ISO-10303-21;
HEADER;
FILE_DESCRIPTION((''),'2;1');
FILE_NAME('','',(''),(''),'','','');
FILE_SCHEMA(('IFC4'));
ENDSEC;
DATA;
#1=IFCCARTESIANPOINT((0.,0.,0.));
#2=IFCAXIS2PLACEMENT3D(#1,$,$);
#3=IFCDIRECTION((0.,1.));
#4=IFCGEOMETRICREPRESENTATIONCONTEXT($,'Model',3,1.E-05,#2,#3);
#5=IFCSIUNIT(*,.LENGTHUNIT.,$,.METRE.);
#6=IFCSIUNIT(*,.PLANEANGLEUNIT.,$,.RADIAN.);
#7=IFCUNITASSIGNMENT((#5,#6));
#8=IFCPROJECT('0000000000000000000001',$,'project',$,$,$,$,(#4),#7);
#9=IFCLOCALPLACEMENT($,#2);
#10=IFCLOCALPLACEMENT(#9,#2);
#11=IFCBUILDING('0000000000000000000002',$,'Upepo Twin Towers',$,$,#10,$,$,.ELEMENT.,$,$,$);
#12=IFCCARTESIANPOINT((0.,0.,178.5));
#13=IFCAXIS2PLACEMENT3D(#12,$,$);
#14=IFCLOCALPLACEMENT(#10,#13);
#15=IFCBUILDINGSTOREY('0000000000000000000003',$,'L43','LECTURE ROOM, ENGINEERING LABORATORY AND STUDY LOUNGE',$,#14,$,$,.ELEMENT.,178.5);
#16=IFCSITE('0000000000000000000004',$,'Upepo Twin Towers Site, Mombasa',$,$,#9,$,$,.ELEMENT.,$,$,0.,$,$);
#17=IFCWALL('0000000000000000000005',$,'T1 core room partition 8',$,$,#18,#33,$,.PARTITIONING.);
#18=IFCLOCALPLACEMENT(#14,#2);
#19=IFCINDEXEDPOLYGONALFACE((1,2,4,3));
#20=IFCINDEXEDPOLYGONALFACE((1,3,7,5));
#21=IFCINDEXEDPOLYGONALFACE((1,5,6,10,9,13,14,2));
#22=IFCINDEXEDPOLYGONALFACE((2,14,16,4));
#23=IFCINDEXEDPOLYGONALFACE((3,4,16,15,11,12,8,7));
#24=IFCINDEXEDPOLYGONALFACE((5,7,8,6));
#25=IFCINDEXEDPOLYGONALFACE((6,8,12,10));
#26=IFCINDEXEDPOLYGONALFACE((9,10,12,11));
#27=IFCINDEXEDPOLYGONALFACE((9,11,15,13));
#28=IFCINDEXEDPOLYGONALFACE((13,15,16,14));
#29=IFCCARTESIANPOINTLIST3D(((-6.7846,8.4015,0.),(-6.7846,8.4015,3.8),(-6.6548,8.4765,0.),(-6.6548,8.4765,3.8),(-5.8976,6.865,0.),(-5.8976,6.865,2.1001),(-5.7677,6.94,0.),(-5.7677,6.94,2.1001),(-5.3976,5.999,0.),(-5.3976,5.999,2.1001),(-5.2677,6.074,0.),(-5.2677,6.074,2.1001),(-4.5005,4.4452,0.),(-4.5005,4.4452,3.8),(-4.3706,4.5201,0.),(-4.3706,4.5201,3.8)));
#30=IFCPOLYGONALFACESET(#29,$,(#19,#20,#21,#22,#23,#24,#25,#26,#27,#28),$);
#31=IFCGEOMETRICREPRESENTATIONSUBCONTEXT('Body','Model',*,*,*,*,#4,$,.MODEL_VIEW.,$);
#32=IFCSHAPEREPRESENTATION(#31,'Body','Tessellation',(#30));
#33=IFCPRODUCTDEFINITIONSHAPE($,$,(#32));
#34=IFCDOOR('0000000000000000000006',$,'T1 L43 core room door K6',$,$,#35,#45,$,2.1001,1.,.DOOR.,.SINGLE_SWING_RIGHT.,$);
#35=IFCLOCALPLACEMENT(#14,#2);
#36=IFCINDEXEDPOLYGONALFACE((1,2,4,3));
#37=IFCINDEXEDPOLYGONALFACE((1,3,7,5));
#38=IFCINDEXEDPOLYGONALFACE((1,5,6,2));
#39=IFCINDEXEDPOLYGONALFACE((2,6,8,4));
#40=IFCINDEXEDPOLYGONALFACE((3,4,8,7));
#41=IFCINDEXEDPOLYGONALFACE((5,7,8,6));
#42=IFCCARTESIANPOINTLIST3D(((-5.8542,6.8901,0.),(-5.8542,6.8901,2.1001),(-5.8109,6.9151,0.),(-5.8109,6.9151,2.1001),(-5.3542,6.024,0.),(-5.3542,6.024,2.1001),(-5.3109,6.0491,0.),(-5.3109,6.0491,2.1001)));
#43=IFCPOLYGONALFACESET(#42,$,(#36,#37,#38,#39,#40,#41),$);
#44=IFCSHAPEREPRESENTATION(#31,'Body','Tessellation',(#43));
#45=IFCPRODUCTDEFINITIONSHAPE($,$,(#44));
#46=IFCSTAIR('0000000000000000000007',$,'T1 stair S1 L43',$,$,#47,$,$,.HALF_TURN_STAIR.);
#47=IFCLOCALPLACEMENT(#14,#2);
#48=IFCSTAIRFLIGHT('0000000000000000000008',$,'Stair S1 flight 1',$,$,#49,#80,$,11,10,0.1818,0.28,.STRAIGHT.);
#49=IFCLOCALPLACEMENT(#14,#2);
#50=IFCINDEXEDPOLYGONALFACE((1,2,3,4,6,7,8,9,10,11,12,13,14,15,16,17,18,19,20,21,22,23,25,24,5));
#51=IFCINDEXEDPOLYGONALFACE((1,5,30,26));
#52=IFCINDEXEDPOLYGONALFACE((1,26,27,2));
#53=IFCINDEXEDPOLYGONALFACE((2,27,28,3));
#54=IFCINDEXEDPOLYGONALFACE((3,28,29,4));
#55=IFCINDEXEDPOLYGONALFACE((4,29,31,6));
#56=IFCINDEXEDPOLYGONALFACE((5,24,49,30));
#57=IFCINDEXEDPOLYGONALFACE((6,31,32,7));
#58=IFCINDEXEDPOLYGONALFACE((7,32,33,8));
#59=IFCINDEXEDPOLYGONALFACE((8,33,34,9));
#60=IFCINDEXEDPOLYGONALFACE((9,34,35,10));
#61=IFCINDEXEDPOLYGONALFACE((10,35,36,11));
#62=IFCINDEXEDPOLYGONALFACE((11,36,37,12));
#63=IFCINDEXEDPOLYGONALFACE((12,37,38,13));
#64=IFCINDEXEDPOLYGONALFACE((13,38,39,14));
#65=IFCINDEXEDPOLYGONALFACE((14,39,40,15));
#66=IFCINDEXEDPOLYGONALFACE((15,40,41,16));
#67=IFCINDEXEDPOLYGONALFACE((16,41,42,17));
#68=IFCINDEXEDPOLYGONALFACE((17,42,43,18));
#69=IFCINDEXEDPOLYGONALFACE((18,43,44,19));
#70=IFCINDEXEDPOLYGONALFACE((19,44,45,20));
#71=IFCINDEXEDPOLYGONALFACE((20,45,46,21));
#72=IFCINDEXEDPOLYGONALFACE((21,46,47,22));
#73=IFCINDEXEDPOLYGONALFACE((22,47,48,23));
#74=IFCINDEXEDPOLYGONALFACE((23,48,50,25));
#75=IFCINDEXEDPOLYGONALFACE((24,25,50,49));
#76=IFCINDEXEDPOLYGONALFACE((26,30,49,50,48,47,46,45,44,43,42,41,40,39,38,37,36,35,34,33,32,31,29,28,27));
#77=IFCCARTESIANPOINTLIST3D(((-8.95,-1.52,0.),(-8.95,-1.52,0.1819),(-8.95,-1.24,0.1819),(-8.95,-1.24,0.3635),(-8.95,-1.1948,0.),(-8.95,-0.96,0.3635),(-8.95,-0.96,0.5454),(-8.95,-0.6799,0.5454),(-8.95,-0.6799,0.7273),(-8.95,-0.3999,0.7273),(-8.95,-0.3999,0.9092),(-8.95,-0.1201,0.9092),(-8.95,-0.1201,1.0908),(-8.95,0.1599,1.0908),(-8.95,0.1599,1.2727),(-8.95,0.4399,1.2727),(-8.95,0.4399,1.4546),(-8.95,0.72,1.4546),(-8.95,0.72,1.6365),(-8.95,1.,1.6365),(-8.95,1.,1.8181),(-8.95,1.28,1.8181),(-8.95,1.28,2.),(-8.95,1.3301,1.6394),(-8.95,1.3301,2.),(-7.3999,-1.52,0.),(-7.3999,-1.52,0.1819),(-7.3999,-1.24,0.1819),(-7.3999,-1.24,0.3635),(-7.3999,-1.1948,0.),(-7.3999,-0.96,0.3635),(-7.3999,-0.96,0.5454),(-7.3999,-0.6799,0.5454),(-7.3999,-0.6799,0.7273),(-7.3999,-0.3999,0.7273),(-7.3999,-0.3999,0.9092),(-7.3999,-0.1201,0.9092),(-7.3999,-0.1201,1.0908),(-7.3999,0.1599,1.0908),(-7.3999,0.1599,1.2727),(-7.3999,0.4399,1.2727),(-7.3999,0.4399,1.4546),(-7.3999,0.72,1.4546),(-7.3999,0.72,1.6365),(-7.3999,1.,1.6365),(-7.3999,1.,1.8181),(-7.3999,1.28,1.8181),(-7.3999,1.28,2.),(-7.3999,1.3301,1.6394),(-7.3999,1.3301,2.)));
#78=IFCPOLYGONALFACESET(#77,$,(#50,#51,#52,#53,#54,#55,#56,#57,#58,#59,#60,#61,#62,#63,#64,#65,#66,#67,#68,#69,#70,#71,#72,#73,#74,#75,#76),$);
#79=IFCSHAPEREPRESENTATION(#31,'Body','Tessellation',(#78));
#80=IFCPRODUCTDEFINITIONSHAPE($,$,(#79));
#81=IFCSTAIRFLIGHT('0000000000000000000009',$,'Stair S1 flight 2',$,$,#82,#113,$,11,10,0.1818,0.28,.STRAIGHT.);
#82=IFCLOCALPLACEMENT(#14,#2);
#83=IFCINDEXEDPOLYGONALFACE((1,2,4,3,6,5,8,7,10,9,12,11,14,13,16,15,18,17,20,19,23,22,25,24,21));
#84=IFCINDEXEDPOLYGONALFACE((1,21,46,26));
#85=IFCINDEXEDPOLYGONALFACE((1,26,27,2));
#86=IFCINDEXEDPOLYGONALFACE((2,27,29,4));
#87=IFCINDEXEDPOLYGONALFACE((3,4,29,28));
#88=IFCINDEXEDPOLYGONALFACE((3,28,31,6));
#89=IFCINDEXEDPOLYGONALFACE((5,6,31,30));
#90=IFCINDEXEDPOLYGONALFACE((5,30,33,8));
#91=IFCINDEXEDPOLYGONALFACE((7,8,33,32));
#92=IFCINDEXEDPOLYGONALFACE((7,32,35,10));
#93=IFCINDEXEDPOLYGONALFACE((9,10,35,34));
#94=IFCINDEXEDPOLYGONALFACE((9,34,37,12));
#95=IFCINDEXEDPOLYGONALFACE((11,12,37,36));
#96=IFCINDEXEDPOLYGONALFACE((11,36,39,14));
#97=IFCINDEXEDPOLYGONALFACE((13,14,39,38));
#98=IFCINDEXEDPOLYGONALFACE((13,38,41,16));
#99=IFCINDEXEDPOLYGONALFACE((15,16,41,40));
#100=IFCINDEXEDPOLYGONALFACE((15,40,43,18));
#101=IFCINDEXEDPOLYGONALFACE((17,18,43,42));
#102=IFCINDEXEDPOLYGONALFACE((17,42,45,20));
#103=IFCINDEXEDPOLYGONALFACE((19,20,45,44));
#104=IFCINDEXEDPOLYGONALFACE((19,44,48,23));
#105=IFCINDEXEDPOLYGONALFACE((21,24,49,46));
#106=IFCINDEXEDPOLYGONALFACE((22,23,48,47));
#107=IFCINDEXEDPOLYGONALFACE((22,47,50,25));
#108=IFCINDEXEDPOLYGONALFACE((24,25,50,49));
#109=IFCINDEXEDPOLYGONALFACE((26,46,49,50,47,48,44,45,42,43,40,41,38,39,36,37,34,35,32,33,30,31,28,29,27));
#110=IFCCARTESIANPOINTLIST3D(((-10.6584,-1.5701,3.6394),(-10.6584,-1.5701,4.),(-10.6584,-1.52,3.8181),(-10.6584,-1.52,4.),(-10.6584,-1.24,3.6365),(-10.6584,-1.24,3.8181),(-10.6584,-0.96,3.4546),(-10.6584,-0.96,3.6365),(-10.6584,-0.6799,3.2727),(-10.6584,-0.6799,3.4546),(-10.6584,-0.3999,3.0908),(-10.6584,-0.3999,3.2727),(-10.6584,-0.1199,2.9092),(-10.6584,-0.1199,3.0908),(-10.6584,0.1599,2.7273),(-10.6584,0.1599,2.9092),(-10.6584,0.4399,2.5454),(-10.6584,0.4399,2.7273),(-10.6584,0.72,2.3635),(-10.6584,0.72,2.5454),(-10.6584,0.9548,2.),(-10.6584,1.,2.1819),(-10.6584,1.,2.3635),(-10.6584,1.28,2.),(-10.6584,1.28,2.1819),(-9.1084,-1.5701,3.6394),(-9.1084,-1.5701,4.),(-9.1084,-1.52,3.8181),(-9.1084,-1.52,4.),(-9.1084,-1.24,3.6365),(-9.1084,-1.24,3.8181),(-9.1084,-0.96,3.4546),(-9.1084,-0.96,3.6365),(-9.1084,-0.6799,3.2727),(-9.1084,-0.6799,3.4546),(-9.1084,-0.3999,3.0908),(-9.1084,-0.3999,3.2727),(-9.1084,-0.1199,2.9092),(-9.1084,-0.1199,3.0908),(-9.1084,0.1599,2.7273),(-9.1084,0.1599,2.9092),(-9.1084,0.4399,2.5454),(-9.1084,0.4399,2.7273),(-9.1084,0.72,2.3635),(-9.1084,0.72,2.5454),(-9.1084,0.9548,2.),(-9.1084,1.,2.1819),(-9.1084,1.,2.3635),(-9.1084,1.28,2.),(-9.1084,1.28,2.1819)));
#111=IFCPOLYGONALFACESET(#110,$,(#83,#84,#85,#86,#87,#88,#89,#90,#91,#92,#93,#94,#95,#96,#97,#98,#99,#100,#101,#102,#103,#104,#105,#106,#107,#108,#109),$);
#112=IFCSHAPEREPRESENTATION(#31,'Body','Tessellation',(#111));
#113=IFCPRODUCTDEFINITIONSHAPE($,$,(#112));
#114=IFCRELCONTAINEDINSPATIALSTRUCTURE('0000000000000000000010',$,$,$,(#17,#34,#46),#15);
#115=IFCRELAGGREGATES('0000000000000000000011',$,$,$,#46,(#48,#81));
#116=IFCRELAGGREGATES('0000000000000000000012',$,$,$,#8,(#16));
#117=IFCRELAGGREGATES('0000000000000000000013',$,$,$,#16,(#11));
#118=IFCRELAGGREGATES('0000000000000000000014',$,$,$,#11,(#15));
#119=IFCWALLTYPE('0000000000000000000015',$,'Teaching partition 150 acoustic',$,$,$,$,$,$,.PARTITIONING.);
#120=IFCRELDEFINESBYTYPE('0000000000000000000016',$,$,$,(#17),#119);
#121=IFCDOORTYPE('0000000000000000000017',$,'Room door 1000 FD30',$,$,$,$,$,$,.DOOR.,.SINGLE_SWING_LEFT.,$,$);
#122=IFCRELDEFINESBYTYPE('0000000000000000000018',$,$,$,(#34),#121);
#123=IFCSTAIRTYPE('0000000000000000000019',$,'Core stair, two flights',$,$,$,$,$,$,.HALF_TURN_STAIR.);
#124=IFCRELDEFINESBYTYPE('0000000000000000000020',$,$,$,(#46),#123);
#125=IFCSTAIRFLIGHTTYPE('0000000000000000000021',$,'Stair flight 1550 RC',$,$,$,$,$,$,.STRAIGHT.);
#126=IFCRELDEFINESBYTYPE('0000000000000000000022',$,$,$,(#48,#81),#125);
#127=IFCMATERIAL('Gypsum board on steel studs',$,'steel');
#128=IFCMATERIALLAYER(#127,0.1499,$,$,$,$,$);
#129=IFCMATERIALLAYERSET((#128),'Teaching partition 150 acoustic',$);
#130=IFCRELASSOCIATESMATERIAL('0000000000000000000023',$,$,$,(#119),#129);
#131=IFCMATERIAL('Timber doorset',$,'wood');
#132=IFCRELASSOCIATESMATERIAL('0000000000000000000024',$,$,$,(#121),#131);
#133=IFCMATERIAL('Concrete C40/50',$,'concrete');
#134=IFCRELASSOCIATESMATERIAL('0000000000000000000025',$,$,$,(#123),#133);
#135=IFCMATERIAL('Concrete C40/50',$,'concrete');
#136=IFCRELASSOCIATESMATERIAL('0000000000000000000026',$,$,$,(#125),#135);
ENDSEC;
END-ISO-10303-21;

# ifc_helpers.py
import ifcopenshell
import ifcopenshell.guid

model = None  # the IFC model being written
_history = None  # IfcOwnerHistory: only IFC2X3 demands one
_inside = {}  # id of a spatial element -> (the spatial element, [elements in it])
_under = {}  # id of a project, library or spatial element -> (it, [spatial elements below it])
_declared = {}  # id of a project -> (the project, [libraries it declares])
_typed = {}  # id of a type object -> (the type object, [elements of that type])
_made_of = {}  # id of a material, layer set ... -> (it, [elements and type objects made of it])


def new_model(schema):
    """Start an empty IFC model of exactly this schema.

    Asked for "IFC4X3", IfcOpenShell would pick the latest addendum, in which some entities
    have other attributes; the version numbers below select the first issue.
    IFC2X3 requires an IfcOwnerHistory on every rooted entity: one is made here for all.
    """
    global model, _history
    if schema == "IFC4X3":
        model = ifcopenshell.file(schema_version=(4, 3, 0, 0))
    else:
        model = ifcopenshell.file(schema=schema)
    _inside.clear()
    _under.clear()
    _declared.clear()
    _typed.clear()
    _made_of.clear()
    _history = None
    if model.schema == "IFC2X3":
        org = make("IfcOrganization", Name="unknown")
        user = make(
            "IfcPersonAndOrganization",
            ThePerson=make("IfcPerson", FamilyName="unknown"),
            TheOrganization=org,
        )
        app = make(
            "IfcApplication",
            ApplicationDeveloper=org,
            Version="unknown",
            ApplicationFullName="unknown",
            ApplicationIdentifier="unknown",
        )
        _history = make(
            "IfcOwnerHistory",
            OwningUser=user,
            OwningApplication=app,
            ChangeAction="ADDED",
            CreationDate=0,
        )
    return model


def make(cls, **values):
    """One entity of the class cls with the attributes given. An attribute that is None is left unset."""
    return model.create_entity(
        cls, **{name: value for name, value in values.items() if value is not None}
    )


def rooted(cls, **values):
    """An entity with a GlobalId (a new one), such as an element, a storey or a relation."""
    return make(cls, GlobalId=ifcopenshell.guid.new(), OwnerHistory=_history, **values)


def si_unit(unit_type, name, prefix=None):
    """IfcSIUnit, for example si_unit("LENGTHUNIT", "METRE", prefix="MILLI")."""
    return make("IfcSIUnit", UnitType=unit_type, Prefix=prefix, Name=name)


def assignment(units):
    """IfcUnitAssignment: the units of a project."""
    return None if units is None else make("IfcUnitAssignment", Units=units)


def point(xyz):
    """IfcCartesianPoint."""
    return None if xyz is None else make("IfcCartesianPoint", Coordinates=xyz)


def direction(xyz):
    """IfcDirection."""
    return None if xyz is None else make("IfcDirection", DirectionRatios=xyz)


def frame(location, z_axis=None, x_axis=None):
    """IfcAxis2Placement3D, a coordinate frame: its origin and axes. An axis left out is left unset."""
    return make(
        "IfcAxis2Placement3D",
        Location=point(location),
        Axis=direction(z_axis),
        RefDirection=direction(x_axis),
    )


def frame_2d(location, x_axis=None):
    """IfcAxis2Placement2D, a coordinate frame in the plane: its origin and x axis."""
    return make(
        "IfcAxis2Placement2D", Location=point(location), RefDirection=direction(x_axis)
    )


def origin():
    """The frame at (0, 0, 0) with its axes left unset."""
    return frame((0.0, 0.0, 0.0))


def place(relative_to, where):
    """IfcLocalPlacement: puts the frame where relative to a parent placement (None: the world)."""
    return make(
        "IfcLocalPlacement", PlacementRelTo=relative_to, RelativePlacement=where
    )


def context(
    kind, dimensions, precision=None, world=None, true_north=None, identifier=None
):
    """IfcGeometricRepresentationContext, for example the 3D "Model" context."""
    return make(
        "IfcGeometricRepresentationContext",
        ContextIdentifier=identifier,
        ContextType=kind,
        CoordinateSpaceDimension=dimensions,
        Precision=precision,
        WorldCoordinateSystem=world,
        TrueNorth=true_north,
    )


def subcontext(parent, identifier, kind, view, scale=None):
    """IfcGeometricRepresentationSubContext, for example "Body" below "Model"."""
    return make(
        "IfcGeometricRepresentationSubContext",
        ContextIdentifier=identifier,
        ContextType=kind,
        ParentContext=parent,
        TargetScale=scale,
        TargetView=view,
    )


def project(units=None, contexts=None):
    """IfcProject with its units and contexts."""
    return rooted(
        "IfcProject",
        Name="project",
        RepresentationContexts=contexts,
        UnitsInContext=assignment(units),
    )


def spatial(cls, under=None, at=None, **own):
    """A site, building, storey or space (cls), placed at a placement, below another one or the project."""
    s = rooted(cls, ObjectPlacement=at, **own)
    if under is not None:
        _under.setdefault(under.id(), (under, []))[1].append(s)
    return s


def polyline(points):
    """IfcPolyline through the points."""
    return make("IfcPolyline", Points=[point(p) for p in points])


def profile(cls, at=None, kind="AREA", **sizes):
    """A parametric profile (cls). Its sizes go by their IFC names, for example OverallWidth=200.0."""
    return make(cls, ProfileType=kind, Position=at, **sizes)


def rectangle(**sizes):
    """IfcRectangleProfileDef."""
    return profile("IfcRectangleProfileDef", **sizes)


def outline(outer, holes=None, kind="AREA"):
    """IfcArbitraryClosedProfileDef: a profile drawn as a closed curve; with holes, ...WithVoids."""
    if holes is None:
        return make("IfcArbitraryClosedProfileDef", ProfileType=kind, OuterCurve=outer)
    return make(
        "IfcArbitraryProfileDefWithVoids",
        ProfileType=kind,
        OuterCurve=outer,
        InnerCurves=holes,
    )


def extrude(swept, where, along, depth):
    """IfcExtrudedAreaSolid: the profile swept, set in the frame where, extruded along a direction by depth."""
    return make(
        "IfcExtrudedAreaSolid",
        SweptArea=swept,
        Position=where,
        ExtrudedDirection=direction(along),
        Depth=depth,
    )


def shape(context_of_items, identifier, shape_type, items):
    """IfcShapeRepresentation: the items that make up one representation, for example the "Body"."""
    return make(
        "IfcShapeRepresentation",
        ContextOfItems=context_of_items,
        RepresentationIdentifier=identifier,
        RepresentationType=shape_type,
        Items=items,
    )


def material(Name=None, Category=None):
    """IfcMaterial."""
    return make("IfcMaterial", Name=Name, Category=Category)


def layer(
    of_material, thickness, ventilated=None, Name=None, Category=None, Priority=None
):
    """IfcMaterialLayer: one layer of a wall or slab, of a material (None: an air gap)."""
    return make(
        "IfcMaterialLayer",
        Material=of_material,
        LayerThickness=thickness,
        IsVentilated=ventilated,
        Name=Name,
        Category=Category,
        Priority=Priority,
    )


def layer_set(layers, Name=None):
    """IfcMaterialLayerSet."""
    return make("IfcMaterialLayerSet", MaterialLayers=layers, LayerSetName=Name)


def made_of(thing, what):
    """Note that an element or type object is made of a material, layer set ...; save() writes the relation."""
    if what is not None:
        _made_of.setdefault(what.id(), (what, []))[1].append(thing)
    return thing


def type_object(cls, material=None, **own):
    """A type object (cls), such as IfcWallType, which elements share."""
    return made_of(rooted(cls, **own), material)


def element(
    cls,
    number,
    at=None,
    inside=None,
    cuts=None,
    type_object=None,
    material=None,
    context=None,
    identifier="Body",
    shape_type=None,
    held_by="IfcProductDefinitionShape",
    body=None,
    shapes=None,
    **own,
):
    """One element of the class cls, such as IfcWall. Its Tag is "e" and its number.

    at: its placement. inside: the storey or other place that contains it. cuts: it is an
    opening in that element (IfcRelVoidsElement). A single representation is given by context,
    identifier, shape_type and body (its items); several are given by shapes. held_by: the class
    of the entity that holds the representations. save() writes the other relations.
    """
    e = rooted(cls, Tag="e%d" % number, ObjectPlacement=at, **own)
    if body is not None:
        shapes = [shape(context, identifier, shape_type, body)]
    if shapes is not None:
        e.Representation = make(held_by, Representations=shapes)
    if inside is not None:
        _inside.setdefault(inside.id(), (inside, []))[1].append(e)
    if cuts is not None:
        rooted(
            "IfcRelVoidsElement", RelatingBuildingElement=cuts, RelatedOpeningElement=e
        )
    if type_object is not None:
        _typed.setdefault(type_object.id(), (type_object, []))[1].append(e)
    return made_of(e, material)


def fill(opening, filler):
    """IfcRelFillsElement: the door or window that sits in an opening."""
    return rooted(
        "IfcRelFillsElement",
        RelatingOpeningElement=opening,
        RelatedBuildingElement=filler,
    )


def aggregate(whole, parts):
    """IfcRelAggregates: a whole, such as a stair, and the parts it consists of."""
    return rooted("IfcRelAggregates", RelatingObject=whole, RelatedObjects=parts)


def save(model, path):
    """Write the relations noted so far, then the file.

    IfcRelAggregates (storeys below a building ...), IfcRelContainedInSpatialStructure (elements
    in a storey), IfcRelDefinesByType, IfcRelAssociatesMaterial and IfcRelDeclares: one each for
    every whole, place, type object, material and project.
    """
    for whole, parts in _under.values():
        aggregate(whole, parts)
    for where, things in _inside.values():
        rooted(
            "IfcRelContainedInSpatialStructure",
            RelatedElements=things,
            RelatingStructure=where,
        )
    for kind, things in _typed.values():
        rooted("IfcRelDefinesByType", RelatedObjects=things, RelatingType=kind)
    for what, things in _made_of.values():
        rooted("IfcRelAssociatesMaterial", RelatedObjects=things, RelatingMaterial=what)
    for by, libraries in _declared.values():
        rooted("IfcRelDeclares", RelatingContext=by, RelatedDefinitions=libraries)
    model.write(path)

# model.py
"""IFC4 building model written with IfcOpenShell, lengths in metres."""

from ifc_helpers import new_model, si_unit, direction, frame, frame_2d, origin, place, context, subcontext, project, spatial, polyline, rectangle, outline, extrude, material, layer, layer_set, type_object, element, fill, aggregate, save


model = new_model("IFC4")

# Units and contexts
model_context = context("Model", 3, precision=1e-05, world=origin(), true_north=direction((0.0, 1.0)))
body_context = subcontext(model_context, "Body", "Model", "MODEL_VIEW")
ifc_project = project(units=[si_unit("LENGTHUNIT", "METRE"), si_unit("PLANEANGLEUNIT", "RADIAN")], contexts=[model_context])

# Site, building, storey
site_placement = place(None, origin())
site = spatial("IfcSite", under=ifc_project, at=site_placement, Name="Upepo Twin Towers Site, Mombasa", CompositionType="ELEMENT", RefElevation=0.0)
building_placement = place(site_placement, origin())
building = spatial("IfcBuilding", under=site, at=building_placement, Name="Upepo Twin Towers", CompositionType="ELEMENT")
storey_placement = place(building_placement, frame((0.0, 0.0, 178.5)))
storey = spatial("IfcBuildingStorey", under=building, at=storey_placement, Name="L43", Description="LECTURE ROOM, ENGINEERING LABORATORY AND STUDY LOUNGE", CompositionType="ELEMENT", Elevation=178.5)

# Shared definitions
ifc_material_1 = material(Name="Gypsum board on steel studs", Category="steel")
ifc_layer_1 = layer(ifc_material_1, 0.1499)
ifc_layer_set_1 = layer_set([ifc_layer_1], Name="Teaching partition 150 acoustic")
wall_type_1 = type_object("IfcWallType", Name="Teaching partition 150 acoustic", PredefinedType="PARTITIONING", material=ifc_layer_set_1)

# Wall, opening, door
wall_1_placement = place(storey_placement, frame((-4.4355, 4.4827, 0.0), z_axis=(0.0, 0.0, 1.0), x_axis=(-0.500002, 0.866025, 0.0)))
wall_1 = element("IfcWall", 1, at=wall_1_placement, inside=storey, type_object=wall_type_1, Name="T1 core room partition 8", PredefinedType="PARTITIONING", context=body_context, shape_type="SweptSolid", body=[
    extrude(rectangle(XDim=4.5684, YDim=0.1499, at=frame_2d((2.2842, 0.0))), origin(), (0.0, 0.0, 1.0), 3.8),
])
opening_1_placement = place(wall_1_placement, frame((1.7942, 0.0, 0.0)))
opening_1 = element("IfcOpeningElement", 2, at=opening_1_placement, cuts=wall_1, PredefinedType="OPENING", context=body_context, shape_type="SweptSolid", body=[
    extrude(rectangle(XDim=1.0, YDim=2.1001, at=frame_2d((0.5, 1.05))), frame((0.0, 0.085, 0.0), z_axis=(0.0, -1.0, 0.0), x_axis=(1.0, 0.0, 0.0)), (0.0, 0.0, 1.0), 0.1699),
])
ifc_material_2 = material(Name="Timber doorset", Category="wood")
door_type_1 = type_object("IfcDoorType", Name="Room door 1000 FD30", OperationType="SINGLE_SWING_LEFT", PredefinedType="DOOR", material=ifc_material_2)
door_1_placement = place(opening_1_placement, origin())
door_1 = element("IfcDoor", 3, at=door_1_placement, inside=storey, type_object=door_type_1, Name="T1 L43 core room door K6", OperationType="SINGLE_SWING_RIGHT", OverallHeight=2.1001, OverallWidth=1.0, PredefinedType="DOOR", context=body_context, shape_type="SweptSolid", body=[
    extrude(rectangle(XDim=1.0, YDim=2.1001, at=frame_2d((0.5, 1.05))), frame((0.0, 0.0249, 0.0), z_axis=(0.0, -1.0, 0.0), x_axis=(1.0, 0.0, 0.0)), (0.0, 0.0, 1.0), 0.05),
])
fill(opening_1, door_1)

# Stair, stair flights
ifc_material_3 = material(Name="Concrete C40/50", Category="concrete")
stair_type = type_object("IfcStairType", Name="Core stair, two flights", PredefinedType="HALF_TURN_STAIR", material=ifc_material_3)
stair_placement = place(storey_placement, origin())
stair = element("IfcStair", 4, at=stair_placement, inside=storey, type_object=stair_type, Name="T1 stair S1 L43", PredefinedType="HALF_TURN_STAIR")
ifc_material_4 = material(Name="Concrete C40/50", Category="concrete")
stair_flight_type = type_object("IfcStairFlightType", Name="Stair flight 1550 RC", PredefinedType="STRAIGHT", material=ifc_material_4)
stair_flight_1_placement = place(storey_placement, frame((-8.175, -1.52, 0.0), z_axis=(0.0, 0.0, 1.0), x_axis=(0.0, 1.0, 0.0)))
stair_flight_1 = element("IfcStairFlight", 5, at=stair_flight_1_placement, type_object=stair_flight_type, Name="Stair S1 flight 1", NumberOfRisers=11, NumberOfTreads=10, PredefinedType="STRAIGHT", RiserHeight=0.1818, TreadLength=0.28, context=body_context, shape_type="SweptSolid", body=[
    extrude(outline(polyline([(0.0, 0.0), (0.0, 0.1819), (0.28, 0.1819), (0.28, 0.3635), (0.5601, 0.3635), (0.5601, 0.5454), (0.8401, 0.5454), (0.8401, 0.7273), (1.1201, 0.7273), (1.1201, 0.9092), (1.3999, 0.9092), (1.3999, 1.0908), (1.6799, 1.0908), (1.6799, 1.2727), (1.96, 1.2727), (1.96, 1.4546), (2.24, 1.4546), (2.24, 1.6365), (2.52, 1.6365), (2.52, 1.8181), (2.8, 1.8181), (2.8, 2.0), (2.8501, 2.0), (2.8501, 1.6394), (0.3252, 0.0), (0.0, 0.0)])), frame((0.0, 0.7749, 0.0), z_axis=(0.0, -1.0, 0.0), x_axis=(1.0, 0.0, 0.0)), (0.0, 0.0, 1.0), 1.55),
])
stair_flight_2_placement = place(storey_placement, frame((-9.8833, 1.28, 2.0), z_axis=(0.0, 0.0, 1.0), x_axis=(0.0, -1.0, 0.0)))
stair_flight_2 = element("IfcStairFlight", 6, at=stair_flight_2_placement, type_object=stair_flight_type, Name="Stair S1 flight 2", NumberOfRisers=11, NumberOfTreads=10, PredefinedType="STRAIGHT", RiserHeight=0.1818, TreadLength=0.28, context=body_context, shape_type="SweptSolid", body=[
    extrude(outline(polyline([(0.0, 0.0), (0.0, 0.1819), (0.28, 0.1819), (0.28, 0.3635), (0.5601, 0.3635), (0.5601, 0.5454), (0.8401, 0.5454), (0.8401, 0.7273), (1.1201, 0.7273), (1.1201, 0.9092), (1.3999, 0.9092), (1.3999, 1.0908), (1.6799, 1.0908), (1.6799, 1.2727), (1.96, 1.2727), (1.96, 1.4546), (2.24, 1.4546), (2.24, 1.6365), (2.52, 1.6365), (2.52, 1.8181), (2.8, 1.8181), (2.8, 2.0), (2.8501, 2.0), (2.8501, 1.6394), (0.3252, 0.0), (0.0, 0.0)])), frame((0.0, 0.7749, 0.0), z_axis=(0.0, -1.0, 0.0), x_axis=(1.0, 0.0, 0.0)), (0.0, 0.0, 1.0), 1.55),
])
aggregate(stair, [stair_flight_1, stair_flight_2])

save(model, "model.ifc")
